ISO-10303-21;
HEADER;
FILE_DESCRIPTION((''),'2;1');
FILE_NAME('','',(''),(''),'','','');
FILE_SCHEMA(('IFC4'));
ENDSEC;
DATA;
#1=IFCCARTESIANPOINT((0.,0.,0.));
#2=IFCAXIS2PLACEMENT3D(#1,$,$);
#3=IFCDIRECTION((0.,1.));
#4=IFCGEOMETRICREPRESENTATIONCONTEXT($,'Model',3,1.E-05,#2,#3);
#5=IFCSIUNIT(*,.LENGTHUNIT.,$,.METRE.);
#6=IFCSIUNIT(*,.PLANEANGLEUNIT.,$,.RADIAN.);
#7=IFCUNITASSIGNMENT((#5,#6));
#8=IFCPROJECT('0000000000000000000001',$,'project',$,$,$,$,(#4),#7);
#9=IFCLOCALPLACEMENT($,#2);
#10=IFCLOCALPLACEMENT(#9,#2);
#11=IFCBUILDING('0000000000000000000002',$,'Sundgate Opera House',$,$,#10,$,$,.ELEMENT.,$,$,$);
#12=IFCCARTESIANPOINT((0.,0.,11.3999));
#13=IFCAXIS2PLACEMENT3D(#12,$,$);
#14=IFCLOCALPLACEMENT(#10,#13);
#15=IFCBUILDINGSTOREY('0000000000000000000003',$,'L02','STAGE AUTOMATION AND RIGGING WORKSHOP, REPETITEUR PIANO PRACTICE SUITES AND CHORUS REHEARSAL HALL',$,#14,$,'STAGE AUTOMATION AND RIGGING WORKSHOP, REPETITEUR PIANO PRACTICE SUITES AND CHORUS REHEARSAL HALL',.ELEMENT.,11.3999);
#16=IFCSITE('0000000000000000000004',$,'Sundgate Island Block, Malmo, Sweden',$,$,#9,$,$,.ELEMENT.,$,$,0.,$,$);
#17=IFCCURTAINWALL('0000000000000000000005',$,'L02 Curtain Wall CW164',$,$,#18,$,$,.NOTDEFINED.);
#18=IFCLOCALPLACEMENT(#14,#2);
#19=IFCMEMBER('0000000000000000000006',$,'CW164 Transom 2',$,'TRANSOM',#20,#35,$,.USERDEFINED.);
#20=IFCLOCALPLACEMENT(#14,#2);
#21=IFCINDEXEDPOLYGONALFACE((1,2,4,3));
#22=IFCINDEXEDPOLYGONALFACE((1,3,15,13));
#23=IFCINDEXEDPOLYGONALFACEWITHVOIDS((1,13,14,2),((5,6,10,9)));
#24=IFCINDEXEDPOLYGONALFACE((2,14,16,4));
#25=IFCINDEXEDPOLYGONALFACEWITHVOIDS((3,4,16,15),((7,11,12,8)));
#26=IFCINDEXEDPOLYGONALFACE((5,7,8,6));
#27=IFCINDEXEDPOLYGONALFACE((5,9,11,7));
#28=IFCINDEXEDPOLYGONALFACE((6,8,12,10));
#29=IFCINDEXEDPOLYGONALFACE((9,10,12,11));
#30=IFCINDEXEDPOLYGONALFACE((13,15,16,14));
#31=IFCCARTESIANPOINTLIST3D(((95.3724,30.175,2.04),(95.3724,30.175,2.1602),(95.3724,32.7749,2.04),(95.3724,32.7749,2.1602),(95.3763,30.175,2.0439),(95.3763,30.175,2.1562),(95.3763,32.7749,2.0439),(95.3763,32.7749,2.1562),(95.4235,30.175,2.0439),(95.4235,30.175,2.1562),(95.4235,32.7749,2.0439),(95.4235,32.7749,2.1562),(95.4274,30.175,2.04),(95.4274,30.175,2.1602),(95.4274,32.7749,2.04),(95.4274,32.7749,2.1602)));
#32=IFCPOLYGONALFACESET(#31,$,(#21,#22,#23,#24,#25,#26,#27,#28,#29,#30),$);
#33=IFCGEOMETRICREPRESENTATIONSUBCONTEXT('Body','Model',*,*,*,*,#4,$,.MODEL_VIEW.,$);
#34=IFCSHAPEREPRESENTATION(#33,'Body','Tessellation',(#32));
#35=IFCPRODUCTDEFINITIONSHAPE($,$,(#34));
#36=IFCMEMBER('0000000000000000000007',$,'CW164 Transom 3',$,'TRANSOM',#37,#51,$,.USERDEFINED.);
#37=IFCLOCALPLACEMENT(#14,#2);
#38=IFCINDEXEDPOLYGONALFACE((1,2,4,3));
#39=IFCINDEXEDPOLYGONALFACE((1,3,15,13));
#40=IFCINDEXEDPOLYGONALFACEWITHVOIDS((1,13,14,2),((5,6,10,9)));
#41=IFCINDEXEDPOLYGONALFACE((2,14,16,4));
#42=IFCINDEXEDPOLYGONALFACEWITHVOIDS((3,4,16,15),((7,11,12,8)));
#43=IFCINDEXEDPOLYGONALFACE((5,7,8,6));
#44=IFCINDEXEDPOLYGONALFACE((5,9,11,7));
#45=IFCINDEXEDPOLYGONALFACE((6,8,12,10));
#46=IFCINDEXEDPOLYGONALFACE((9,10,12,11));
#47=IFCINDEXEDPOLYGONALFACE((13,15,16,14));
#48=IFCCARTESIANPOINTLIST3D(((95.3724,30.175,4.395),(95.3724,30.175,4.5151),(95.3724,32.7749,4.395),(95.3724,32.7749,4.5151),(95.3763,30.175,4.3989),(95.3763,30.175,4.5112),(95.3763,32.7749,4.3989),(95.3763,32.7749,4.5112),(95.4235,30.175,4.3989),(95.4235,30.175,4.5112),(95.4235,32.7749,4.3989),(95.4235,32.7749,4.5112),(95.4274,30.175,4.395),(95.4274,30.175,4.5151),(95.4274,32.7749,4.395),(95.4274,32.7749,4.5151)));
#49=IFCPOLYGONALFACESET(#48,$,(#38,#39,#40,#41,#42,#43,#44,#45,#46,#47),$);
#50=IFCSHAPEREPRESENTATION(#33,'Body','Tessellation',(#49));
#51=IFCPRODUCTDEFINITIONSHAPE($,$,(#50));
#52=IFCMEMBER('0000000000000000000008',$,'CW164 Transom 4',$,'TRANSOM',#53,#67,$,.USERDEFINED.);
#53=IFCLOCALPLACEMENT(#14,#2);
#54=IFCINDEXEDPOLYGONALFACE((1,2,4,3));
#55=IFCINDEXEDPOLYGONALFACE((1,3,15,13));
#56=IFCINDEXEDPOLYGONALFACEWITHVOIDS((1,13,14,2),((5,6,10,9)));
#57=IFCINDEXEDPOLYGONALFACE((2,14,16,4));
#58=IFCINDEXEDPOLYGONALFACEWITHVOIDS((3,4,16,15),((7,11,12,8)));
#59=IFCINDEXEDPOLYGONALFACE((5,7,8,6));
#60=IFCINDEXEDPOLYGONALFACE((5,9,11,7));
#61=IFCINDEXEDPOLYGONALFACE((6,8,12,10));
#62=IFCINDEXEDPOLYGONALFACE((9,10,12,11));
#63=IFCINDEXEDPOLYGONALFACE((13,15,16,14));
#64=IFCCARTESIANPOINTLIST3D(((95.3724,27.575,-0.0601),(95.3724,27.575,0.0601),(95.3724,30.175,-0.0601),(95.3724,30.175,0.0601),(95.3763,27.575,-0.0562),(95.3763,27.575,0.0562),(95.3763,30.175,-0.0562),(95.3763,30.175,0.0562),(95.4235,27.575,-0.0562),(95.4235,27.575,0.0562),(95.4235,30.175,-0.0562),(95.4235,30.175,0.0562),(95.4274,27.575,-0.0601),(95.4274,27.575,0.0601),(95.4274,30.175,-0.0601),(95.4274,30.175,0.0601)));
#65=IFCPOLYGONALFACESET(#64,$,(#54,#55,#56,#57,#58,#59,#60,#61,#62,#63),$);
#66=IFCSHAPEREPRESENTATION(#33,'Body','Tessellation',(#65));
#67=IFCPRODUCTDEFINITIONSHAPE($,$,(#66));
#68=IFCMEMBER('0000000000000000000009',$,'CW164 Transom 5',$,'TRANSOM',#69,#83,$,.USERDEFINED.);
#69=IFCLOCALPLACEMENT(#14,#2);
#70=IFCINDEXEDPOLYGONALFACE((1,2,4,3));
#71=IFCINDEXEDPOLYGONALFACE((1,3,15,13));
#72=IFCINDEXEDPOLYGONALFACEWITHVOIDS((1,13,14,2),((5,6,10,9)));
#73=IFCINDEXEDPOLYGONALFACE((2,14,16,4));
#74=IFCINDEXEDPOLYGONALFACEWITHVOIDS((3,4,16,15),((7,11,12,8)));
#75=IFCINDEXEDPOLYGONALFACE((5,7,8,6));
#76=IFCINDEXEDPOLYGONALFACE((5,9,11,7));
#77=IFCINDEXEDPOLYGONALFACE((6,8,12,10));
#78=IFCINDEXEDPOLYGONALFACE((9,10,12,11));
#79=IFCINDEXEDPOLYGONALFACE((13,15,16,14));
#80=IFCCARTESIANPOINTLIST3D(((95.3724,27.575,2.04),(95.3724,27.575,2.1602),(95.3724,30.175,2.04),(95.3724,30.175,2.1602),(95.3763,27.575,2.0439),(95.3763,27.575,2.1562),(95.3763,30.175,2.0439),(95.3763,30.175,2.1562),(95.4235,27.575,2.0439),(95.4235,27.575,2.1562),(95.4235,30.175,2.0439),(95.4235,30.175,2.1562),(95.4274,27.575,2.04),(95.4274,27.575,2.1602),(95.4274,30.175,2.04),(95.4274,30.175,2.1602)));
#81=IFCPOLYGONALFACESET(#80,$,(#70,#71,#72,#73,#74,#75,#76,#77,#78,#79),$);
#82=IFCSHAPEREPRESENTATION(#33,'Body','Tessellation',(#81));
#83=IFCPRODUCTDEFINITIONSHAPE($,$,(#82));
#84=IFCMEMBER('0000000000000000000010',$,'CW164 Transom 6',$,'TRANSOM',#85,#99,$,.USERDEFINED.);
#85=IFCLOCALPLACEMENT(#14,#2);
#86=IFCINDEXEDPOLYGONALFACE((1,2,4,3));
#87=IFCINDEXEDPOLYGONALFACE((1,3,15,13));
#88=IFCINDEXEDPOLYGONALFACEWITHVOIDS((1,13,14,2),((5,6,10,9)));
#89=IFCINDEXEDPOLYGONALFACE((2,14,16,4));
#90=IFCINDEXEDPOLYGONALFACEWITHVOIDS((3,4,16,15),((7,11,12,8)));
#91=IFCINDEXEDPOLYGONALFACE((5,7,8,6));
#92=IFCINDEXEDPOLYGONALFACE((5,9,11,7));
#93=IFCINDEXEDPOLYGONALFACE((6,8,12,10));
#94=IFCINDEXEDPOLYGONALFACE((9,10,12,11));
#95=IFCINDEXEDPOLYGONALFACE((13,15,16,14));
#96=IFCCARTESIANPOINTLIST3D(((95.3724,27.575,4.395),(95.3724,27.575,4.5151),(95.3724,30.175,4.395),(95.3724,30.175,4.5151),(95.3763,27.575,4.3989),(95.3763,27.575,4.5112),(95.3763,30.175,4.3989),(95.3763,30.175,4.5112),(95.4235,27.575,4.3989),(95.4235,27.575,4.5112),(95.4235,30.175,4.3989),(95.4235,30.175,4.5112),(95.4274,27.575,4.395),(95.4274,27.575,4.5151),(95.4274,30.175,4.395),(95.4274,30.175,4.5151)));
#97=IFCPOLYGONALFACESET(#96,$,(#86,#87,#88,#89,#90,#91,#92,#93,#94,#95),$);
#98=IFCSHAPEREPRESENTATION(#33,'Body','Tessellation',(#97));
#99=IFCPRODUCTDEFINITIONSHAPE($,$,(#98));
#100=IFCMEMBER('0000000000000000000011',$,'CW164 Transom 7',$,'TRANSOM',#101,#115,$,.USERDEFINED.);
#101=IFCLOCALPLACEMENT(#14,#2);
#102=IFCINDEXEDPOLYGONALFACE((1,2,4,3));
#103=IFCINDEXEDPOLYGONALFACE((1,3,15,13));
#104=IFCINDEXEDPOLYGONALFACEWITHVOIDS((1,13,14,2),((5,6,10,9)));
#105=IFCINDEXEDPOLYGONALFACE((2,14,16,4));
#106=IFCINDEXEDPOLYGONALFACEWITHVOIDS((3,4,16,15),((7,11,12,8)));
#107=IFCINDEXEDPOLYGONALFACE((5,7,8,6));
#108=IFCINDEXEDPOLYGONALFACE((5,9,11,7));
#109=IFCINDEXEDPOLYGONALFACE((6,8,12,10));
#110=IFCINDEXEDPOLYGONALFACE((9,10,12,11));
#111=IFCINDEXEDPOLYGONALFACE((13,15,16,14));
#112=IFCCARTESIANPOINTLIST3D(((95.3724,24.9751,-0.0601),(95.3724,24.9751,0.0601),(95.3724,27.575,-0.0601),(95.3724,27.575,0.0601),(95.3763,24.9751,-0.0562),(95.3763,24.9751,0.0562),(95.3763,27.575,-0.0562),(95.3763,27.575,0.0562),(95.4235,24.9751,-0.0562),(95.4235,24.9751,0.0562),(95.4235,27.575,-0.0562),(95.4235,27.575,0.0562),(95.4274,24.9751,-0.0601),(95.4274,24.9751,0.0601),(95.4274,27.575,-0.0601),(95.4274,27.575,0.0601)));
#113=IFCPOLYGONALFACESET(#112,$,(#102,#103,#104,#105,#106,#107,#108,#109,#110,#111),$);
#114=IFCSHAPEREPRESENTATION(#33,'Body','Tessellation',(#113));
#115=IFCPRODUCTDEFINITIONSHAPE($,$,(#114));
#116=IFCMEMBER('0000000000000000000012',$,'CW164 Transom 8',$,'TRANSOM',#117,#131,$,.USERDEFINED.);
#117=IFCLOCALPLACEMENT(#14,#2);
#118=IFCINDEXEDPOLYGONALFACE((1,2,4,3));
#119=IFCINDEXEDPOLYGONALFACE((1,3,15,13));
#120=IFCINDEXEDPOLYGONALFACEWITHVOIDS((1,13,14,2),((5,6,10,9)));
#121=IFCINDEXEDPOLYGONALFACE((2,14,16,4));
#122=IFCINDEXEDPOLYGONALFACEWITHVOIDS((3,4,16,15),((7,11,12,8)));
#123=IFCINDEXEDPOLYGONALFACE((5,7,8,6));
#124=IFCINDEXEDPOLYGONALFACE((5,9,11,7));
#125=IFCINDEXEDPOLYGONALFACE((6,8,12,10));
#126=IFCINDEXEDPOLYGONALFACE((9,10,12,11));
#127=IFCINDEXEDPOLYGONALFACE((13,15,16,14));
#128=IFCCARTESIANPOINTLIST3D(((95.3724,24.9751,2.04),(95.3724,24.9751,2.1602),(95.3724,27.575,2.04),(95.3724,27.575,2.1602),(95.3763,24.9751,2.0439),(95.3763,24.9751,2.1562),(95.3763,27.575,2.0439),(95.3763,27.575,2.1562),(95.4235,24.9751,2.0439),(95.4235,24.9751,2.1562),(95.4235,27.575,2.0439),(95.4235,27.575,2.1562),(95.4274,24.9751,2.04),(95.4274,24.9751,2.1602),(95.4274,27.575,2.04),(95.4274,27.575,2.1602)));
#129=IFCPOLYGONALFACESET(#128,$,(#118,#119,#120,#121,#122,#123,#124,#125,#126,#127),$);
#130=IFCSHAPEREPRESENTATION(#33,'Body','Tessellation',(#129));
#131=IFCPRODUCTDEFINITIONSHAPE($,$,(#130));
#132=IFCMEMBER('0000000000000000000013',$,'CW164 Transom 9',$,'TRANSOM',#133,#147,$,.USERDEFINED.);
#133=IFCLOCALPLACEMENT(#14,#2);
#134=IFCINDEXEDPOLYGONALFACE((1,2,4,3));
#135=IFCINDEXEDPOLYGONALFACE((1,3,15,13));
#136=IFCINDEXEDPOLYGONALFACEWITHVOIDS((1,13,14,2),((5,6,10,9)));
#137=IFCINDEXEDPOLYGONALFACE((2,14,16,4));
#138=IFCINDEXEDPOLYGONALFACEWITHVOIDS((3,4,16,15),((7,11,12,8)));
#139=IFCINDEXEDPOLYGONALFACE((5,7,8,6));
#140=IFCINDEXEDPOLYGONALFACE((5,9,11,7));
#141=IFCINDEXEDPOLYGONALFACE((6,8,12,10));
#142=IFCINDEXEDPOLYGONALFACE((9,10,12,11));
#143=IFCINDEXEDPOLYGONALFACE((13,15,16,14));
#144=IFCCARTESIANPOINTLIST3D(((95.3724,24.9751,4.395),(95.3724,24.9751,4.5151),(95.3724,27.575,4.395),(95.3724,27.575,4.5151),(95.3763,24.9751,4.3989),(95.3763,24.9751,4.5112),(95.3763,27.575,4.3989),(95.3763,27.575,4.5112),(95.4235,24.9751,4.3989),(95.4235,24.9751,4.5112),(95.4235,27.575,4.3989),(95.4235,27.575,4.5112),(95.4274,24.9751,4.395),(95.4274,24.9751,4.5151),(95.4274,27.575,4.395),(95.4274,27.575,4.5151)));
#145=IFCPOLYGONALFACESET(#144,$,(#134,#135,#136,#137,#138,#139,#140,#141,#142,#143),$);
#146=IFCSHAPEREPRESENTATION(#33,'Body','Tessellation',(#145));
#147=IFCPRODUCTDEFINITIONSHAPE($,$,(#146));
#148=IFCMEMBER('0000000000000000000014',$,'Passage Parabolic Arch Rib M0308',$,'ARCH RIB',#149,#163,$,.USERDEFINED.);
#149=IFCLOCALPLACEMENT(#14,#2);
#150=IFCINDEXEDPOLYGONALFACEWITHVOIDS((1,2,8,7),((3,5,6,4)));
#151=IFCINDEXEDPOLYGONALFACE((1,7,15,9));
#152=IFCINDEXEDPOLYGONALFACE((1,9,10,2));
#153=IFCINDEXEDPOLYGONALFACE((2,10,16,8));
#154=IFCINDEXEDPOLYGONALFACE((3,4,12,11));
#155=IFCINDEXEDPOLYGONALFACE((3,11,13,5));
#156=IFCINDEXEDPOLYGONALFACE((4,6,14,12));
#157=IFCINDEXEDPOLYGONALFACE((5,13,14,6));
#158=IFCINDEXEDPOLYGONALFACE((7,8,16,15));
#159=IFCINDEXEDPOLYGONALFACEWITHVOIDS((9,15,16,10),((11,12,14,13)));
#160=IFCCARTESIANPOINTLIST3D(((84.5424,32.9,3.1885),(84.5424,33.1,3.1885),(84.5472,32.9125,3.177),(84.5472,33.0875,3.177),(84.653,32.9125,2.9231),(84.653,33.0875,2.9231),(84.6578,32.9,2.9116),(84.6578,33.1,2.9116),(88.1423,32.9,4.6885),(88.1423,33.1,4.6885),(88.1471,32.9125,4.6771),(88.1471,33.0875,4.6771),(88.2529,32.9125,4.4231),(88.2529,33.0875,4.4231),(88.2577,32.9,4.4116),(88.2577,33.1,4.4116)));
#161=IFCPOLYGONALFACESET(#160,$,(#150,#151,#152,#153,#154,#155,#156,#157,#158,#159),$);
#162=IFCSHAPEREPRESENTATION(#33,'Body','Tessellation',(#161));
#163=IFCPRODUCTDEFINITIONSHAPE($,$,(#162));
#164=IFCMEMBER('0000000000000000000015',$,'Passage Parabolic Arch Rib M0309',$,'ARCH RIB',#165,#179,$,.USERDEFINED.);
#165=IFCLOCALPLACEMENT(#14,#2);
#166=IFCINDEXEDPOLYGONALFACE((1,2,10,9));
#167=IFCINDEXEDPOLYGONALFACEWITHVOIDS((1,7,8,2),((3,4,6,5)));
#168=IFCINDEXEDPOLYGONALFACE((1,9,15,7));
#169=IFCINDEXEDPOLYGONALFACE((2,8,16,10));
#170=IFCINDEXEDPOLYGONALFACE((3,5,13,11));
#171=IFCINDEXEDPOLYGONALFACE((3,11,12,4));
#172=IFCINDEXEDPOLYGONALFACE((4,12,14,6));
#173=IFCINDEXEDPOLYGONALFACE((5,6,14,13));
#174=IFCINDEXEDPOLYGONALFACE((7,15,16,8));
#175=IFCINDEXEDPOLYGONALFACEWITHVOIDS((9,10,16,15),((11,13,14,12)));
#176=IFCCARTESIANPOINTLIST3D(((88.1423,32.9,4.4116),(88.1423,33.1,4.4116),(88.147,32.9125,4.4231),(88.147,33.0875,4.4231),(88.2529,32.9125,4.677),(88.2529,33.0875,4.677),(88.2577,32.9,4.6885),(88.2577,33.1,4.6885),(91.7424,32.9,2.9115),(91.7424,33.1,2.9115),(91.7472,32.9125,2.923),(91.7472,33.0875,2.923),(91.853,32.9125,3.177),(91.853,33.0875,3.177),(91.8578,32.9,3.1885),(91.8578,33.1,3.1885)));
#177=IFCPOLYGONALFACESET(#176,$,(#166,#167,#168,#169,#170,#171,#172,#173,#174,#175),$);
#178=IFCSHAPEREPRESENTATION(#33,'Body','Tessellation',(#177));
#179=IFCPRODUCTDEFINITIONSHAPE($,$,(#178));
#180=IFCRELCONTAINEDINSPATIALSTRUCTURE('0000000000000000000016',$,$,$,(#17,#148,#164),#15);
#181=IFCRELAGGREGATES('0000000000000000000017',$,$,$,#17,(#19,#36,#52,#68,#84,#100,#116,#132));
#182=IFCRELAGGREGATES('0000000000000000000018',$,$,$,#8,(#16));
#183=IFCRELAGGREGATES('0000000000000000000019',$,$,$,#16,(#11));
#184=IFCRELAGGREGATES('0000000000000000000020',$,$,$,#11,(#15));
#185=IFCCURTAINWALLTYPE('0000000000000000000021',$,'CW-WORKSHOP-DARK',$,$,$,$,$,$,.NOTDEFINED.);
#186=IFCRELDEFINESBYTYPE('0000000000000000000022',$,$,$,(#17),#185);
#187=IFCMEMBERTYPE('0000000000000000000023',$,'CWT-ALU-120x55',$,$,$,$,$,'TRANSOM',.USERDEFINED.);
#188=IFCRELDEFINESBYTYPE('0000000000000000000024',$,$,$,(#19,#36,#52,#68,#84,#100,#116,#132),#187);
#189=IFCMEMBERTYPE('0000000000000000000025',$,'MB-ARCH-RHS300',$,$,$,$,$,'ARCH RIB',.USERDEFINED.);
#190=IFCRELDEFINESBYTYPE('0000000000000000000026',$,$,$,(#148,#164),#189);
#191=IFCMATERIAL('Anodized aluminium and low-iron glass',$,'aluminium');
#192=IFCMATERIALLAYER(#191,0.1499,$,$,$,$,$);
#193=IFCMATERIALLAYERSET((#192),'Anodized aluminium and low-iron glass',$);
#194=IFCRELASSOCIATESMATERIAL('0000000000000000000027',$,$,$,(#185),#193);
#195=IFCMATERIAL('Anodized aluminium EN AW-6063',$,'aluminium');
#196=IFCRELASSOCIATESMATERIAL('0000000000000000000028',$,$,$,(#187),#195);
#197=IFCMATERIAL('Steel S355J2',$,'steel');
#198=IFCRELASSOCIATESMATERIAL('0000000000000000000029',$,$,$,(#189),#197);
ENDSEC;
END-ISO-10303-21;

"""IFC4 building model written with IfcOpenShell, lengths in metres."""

from ifc_helpers import new_model, si_unit, direction, frame, origin, origin_2d, place, context, subcontext, project, spatial, hollow_rectangle, extrude, material, layer, layer_set, material_profile, profile_set, type_object, element, aggregate, save


model = new_model("IFC4")

# Units and contexts
model_context = context("Model", 3, precision=1e-05, world=origin(), true_north=direction((0.0, 1.0)))
body_context = subcontext(model_context, "Body", "Model", "MODEL_VIEW")
ifc_project = project(units=[si_unit("LENGTHUNIT", "METRE"), si_unit("PLANEANGLEUNIT", "RADIAN")], contexts=[model_context])

# Site, building, storey
site_placement = place(None, origin())
site = spatial("IfcSite", under=ifc_project, at=site_placement, Name="Sundgate Island Block, Malmo, Sweden", CompositionType="ELEMENT", RefElevation=0.0)
building_placement = place(site_placement, origin())
building = spatial("IfcBuilding", under=site, at=building_placement, Name="Sundgate Opera House", CompositionType="ELEMENT")
storey_placement = place(building_placement, frame((0.0, 0.0, 11.3999)))
storey = spatial("IfcBuildingStorey", under=building, at=storey_placement, Name="L02", Description="STAGE AUTOMATION AND RIGGING WORKSHOP, REPETITEUR PIANO PRACTICE SUITES AND CHORUS REHEARSAL HALL", LongName="STAGE AUTOMATION AND RIGGING WORKSHOP, REPETITEUR PIANO PRACTICE SUITES AND CHORUS REHEARSAL HALL", CompositionType="ELEMENT", Elevation=11.3999)

# Curtain wall, members
ifc_material_1 = material(Name="Anodized aluminium and low-iron glass", Category="aluminium")
ifc_layer_1 = layer(ifc_material_1, 0.1499)
ifc_layer_set_1 = layer_set([ifc_layer_1], Name="Anodized aluminium and low-iron glass")
curtain_wall_type_1 = type_object("IfcCurtainWallType", Name="CW-WORKSHOP-DARK", PredefinedType="NOTDEFINED", material=ifc_layer_set_1)
curtain_wall_1_placement = place(storey_placement, origin())
curtain_wall_1 = element("IfcCurtainWall", 1, at=curtain_wall_1_placement, inside=storey, type_object=curtain_wall_type_1, Name="L02 Curtain Wall CW164", PredefinedType="NOTDEFINED")
ifc_material_2 = material(Name="Anodized aluminium EN AW-6063", Category="aluminium")
ifc_material_profile_1 = material_profile(ifc_material_2, hollow_rectangle(XDim=0.0549, YDim=0.1201, WallThickness=0.0039, at=origin_2d()), Name="CWT 120x55x4")
ifc_profile_set_1 = profile_set([ifc_material_profile_1], Name="Anodized aluminium EN AW-6063")
member_type_1 = type_object("IfcMemberType", Name="CWT-ALU-120x55", ElementType="TRANSOM", PredefinedType="USERDEFINED", material=ifc_profile_set_1)
member_1_placement = place(storey_placement, frame((95.3999, 32.7749, 2.1001), z_axis=(0.0, -1.0, 0.0), x_axis=(1.0, 0.0, 0.0)))
member_1 = element("IfcMember", 2, at=member_1_placement, type_object=member_type_1, Name="CW164 Transom 2", ObjectType="TRANSOM", PredefinedType="USERDEFINED", context=body_context, shape_type="SweptSolid", body=[
    extrude(hollow_rectangle(XDim=0.0549, YDim=0.1201, WallThickness=0.0039, at=origin_2d()), origin(), (0.0, 0.0, 1.0), 2.5999),
])
member_2_placement = place(storey_placement, frame((95.3999, 32.7749, 4.4551), z_axis=(0.0, -1.0, 0.0), x_axis=(1.0, 0.0, 0.0)))
member_2 = element("IfcMember", 3, at=member_2_placement, type_object=member_type_1, Name="CW164 Transom 3", ObjectType="TRANSOM", PredefinedType="USERDEFINED", context=body_context, shape_type="SweptSolid", body=[
    extrude(hollow_rectangle(XDim=0.0549, YDim=0.1201, WallThickness=0.0039, at=origin_2d()), origin(), (0.0, 0.0, 1.0), 2.5999),
])
member_3_placement = place(storey_placement, frame((95.3999, 30.175, 0.0), z_axis=(0.0, -1.0, 0.0), x_axis=(1.0, 0.0, 0.0)))
member_3 = element("IfcMember", 4, at=member_3_placement, type_object=member_type_1, Name="CW164 Transom 4", ObjectType="TRANSOM", PredefinedType="USERDEFINED", context=body_context, shape_type="SweptSolid", body=[
    extrude(hollow_rectangle(XDim=0.0549, YDim=0.1201, WallThickness=0.0039, at=origin_2d()), origin(), (0.0, 0.0, 1.0), 2.6001),
])
member_4_placement = place(storey_placement, frame((95.3999, 30.175, 2.1001), z_axis=(0.0, -1.0, 0.0), x_axis=(1.0, 0.0, 0.0)))
member_4 = element("IfcMember", 5, at=member_4_placement, type_object=member_type_1, Name="CW164 Transom 5", ObjectType="TRANSOM", PredefinedType="USERDEFINED", context=body_context, shape_type="SweptSolid", body=[
    extrude(hollow_rectangle(XDim=0.0549, YDim=0.1201, WallThickness=0.0039, at=origin_2d()), origin(), (0.0, 0.0, 1.0), 2.6001),
])
member_5_placement = place(storey_placement, frame((95.3999, 30.175, 4.4551), z_axis=(0.0, -1.0, 0.0), x_axis=(1.0, 0.0, 0.0)))
member_5 = element("IfcMember", 6, at=member_5_placement, type_object=member_type_1, Name="CW164 Transom 6", ObjectType="TRANSOM", PredefinedType="USERDEFINED", context=body_context, shape_type="SweptSolid", body=[
    extrude(hollow_rectangle(XDim=0.0549, YDim=0.1201, WallThickness=0.0039, at=origin_2d()), origin(), (0.0, 0.0, 1.0), 2.6001),
])
member_6_placement = place(storey_placement, frame((95.3999, 27.575, 0.0), z_axis=(0.0, -1.0, 0.0), x_axis=(1.0, 0.0, 0.0)))
member_6 = element("IfcMember", 7, at=member_6_placement, type_object=member_type_1, Name="CW164 Transom 7", ObjectType="TRANSOM", PredefinedType="USERDEFINED", context=body_context, shape_type="SweptSolid", body=[
    extrude(hollow_rectangle(XDim=0.0549, YDim=0.1201, WallThickness=0.0039, at=origin_2d()), origin(), (0.0, 0.0, 1.0), 2.5999),
])
member_7_placement = place(storey_placement, frame((95.3999, 27.575, 2.1001), z_axis=(0.0, -1.0, 0.0), x_axis=(1.0, 0.0, 0.0)))
member_7 = element("IfcMember", 8, at=member_7_placement, type_object=member_type_1, Name="CW164 Transom 8", ObjectType="TRANSOM", PredefinedType="USERDEFINED", context=body_context, shape_type="SweptSolid", body=[
    extrude(hollow_rectangle(XDim=0.0549, YDim=0.1201, WallThickness=0.0039, at=origin_2d()), origin(), (0.0, 0.0, 1.0), 2.5999),
])
member_8_placement = place(storey_placement, frame((95.3999, 27.575, 4.4551), z_axis=(0.0, -1.0, 0.0), x_axis=(1.0, 0.0, 0.0)))
member_8 = element("IfcMember", 9, at=member_8_placement, type_object=member_type_1, Name="CW164 Transom 9", ObjectType="TRANSOM", PredefinedType="USERDEFINED", context=body_context, shape_type="SweptSolid", body=[
    extrude(hollow_rectangle(XDim=0.0549, YDim=0.1201, WallThickness=0.0039, at=origin_2d()), origin(), (0.0, 0.0, 1.0), 2.5999),
])

# Members
ifc_material_3 = material(Name="Steel S355J2", Category="steel")
ifc_material_profile_2 = material_profile(ifc_material_3, hollow_rectangle(XDim=0.2, YDim=0.3, WallThickness=0.0125, at=origin_2d()), Name="RHS 300x200x12.5")
ifc_profile_set_2 = profile_set([ifc_material_profile_2], Name="Steel S355J2")
member_type_2 = type_object("IfcMemberType", Name="MB-ARCH-RHS300", ElementType="ARCH RIB", PredefinedType="USERDEFINED", material=ifc_profile_set_2)
member_9_placement = place(storey_placement, frame((84.6001, 33.0, 3.05), z_axis=(0.923071, 0.0, 0.384629), x_axis=(0.0, 1.0, 0.0)))
element("IfcMember", 10, at=member_9_placement, inside=storey, type_object=member_type_2, Name="Passage Parabolic Arch Rib M0308", ObjectType="ARCH RIB", PredefinedType="USERDEFINED", context=body_context, shape_type="SweptSolid", body=[
    extrude(hollow_rectangle(XDim=0.2, YDim=0.3, WallThickness=0.0125, at=origin_2d()), origin(), (0.0, 0.0, 1.0), 3.8999),
])
member_10_placement = place(storey_placement, frame((88.2, 33.0, 4.55), z_axis=(0.923081, 0.0, -0.384606), x_axis=(0.0, 1.0, 0.0)))
element("IfcMember", 11, at=member_10_placement, inside=storey, type_object=member_type_2, Name="Passage Parabolic Arch Rib M0309", ObjectType="ARCH RIB", PredefinedType="USERDEFINED", context=body_context, shape_type="SweptSolid", body=[
    extrude(hollow_rectangle(XDim=0.2, YDim=0.3, WallThickness=0.0125, at=origin_2d()), origin(), (0.0, 0.0, 1.0), 3.9001),
])

aggregate(curtain_wall_1, [member_1, member_2, member_3, member_4, member_5, member_6, member_7, member_8])

save(model, "model.ifc")
